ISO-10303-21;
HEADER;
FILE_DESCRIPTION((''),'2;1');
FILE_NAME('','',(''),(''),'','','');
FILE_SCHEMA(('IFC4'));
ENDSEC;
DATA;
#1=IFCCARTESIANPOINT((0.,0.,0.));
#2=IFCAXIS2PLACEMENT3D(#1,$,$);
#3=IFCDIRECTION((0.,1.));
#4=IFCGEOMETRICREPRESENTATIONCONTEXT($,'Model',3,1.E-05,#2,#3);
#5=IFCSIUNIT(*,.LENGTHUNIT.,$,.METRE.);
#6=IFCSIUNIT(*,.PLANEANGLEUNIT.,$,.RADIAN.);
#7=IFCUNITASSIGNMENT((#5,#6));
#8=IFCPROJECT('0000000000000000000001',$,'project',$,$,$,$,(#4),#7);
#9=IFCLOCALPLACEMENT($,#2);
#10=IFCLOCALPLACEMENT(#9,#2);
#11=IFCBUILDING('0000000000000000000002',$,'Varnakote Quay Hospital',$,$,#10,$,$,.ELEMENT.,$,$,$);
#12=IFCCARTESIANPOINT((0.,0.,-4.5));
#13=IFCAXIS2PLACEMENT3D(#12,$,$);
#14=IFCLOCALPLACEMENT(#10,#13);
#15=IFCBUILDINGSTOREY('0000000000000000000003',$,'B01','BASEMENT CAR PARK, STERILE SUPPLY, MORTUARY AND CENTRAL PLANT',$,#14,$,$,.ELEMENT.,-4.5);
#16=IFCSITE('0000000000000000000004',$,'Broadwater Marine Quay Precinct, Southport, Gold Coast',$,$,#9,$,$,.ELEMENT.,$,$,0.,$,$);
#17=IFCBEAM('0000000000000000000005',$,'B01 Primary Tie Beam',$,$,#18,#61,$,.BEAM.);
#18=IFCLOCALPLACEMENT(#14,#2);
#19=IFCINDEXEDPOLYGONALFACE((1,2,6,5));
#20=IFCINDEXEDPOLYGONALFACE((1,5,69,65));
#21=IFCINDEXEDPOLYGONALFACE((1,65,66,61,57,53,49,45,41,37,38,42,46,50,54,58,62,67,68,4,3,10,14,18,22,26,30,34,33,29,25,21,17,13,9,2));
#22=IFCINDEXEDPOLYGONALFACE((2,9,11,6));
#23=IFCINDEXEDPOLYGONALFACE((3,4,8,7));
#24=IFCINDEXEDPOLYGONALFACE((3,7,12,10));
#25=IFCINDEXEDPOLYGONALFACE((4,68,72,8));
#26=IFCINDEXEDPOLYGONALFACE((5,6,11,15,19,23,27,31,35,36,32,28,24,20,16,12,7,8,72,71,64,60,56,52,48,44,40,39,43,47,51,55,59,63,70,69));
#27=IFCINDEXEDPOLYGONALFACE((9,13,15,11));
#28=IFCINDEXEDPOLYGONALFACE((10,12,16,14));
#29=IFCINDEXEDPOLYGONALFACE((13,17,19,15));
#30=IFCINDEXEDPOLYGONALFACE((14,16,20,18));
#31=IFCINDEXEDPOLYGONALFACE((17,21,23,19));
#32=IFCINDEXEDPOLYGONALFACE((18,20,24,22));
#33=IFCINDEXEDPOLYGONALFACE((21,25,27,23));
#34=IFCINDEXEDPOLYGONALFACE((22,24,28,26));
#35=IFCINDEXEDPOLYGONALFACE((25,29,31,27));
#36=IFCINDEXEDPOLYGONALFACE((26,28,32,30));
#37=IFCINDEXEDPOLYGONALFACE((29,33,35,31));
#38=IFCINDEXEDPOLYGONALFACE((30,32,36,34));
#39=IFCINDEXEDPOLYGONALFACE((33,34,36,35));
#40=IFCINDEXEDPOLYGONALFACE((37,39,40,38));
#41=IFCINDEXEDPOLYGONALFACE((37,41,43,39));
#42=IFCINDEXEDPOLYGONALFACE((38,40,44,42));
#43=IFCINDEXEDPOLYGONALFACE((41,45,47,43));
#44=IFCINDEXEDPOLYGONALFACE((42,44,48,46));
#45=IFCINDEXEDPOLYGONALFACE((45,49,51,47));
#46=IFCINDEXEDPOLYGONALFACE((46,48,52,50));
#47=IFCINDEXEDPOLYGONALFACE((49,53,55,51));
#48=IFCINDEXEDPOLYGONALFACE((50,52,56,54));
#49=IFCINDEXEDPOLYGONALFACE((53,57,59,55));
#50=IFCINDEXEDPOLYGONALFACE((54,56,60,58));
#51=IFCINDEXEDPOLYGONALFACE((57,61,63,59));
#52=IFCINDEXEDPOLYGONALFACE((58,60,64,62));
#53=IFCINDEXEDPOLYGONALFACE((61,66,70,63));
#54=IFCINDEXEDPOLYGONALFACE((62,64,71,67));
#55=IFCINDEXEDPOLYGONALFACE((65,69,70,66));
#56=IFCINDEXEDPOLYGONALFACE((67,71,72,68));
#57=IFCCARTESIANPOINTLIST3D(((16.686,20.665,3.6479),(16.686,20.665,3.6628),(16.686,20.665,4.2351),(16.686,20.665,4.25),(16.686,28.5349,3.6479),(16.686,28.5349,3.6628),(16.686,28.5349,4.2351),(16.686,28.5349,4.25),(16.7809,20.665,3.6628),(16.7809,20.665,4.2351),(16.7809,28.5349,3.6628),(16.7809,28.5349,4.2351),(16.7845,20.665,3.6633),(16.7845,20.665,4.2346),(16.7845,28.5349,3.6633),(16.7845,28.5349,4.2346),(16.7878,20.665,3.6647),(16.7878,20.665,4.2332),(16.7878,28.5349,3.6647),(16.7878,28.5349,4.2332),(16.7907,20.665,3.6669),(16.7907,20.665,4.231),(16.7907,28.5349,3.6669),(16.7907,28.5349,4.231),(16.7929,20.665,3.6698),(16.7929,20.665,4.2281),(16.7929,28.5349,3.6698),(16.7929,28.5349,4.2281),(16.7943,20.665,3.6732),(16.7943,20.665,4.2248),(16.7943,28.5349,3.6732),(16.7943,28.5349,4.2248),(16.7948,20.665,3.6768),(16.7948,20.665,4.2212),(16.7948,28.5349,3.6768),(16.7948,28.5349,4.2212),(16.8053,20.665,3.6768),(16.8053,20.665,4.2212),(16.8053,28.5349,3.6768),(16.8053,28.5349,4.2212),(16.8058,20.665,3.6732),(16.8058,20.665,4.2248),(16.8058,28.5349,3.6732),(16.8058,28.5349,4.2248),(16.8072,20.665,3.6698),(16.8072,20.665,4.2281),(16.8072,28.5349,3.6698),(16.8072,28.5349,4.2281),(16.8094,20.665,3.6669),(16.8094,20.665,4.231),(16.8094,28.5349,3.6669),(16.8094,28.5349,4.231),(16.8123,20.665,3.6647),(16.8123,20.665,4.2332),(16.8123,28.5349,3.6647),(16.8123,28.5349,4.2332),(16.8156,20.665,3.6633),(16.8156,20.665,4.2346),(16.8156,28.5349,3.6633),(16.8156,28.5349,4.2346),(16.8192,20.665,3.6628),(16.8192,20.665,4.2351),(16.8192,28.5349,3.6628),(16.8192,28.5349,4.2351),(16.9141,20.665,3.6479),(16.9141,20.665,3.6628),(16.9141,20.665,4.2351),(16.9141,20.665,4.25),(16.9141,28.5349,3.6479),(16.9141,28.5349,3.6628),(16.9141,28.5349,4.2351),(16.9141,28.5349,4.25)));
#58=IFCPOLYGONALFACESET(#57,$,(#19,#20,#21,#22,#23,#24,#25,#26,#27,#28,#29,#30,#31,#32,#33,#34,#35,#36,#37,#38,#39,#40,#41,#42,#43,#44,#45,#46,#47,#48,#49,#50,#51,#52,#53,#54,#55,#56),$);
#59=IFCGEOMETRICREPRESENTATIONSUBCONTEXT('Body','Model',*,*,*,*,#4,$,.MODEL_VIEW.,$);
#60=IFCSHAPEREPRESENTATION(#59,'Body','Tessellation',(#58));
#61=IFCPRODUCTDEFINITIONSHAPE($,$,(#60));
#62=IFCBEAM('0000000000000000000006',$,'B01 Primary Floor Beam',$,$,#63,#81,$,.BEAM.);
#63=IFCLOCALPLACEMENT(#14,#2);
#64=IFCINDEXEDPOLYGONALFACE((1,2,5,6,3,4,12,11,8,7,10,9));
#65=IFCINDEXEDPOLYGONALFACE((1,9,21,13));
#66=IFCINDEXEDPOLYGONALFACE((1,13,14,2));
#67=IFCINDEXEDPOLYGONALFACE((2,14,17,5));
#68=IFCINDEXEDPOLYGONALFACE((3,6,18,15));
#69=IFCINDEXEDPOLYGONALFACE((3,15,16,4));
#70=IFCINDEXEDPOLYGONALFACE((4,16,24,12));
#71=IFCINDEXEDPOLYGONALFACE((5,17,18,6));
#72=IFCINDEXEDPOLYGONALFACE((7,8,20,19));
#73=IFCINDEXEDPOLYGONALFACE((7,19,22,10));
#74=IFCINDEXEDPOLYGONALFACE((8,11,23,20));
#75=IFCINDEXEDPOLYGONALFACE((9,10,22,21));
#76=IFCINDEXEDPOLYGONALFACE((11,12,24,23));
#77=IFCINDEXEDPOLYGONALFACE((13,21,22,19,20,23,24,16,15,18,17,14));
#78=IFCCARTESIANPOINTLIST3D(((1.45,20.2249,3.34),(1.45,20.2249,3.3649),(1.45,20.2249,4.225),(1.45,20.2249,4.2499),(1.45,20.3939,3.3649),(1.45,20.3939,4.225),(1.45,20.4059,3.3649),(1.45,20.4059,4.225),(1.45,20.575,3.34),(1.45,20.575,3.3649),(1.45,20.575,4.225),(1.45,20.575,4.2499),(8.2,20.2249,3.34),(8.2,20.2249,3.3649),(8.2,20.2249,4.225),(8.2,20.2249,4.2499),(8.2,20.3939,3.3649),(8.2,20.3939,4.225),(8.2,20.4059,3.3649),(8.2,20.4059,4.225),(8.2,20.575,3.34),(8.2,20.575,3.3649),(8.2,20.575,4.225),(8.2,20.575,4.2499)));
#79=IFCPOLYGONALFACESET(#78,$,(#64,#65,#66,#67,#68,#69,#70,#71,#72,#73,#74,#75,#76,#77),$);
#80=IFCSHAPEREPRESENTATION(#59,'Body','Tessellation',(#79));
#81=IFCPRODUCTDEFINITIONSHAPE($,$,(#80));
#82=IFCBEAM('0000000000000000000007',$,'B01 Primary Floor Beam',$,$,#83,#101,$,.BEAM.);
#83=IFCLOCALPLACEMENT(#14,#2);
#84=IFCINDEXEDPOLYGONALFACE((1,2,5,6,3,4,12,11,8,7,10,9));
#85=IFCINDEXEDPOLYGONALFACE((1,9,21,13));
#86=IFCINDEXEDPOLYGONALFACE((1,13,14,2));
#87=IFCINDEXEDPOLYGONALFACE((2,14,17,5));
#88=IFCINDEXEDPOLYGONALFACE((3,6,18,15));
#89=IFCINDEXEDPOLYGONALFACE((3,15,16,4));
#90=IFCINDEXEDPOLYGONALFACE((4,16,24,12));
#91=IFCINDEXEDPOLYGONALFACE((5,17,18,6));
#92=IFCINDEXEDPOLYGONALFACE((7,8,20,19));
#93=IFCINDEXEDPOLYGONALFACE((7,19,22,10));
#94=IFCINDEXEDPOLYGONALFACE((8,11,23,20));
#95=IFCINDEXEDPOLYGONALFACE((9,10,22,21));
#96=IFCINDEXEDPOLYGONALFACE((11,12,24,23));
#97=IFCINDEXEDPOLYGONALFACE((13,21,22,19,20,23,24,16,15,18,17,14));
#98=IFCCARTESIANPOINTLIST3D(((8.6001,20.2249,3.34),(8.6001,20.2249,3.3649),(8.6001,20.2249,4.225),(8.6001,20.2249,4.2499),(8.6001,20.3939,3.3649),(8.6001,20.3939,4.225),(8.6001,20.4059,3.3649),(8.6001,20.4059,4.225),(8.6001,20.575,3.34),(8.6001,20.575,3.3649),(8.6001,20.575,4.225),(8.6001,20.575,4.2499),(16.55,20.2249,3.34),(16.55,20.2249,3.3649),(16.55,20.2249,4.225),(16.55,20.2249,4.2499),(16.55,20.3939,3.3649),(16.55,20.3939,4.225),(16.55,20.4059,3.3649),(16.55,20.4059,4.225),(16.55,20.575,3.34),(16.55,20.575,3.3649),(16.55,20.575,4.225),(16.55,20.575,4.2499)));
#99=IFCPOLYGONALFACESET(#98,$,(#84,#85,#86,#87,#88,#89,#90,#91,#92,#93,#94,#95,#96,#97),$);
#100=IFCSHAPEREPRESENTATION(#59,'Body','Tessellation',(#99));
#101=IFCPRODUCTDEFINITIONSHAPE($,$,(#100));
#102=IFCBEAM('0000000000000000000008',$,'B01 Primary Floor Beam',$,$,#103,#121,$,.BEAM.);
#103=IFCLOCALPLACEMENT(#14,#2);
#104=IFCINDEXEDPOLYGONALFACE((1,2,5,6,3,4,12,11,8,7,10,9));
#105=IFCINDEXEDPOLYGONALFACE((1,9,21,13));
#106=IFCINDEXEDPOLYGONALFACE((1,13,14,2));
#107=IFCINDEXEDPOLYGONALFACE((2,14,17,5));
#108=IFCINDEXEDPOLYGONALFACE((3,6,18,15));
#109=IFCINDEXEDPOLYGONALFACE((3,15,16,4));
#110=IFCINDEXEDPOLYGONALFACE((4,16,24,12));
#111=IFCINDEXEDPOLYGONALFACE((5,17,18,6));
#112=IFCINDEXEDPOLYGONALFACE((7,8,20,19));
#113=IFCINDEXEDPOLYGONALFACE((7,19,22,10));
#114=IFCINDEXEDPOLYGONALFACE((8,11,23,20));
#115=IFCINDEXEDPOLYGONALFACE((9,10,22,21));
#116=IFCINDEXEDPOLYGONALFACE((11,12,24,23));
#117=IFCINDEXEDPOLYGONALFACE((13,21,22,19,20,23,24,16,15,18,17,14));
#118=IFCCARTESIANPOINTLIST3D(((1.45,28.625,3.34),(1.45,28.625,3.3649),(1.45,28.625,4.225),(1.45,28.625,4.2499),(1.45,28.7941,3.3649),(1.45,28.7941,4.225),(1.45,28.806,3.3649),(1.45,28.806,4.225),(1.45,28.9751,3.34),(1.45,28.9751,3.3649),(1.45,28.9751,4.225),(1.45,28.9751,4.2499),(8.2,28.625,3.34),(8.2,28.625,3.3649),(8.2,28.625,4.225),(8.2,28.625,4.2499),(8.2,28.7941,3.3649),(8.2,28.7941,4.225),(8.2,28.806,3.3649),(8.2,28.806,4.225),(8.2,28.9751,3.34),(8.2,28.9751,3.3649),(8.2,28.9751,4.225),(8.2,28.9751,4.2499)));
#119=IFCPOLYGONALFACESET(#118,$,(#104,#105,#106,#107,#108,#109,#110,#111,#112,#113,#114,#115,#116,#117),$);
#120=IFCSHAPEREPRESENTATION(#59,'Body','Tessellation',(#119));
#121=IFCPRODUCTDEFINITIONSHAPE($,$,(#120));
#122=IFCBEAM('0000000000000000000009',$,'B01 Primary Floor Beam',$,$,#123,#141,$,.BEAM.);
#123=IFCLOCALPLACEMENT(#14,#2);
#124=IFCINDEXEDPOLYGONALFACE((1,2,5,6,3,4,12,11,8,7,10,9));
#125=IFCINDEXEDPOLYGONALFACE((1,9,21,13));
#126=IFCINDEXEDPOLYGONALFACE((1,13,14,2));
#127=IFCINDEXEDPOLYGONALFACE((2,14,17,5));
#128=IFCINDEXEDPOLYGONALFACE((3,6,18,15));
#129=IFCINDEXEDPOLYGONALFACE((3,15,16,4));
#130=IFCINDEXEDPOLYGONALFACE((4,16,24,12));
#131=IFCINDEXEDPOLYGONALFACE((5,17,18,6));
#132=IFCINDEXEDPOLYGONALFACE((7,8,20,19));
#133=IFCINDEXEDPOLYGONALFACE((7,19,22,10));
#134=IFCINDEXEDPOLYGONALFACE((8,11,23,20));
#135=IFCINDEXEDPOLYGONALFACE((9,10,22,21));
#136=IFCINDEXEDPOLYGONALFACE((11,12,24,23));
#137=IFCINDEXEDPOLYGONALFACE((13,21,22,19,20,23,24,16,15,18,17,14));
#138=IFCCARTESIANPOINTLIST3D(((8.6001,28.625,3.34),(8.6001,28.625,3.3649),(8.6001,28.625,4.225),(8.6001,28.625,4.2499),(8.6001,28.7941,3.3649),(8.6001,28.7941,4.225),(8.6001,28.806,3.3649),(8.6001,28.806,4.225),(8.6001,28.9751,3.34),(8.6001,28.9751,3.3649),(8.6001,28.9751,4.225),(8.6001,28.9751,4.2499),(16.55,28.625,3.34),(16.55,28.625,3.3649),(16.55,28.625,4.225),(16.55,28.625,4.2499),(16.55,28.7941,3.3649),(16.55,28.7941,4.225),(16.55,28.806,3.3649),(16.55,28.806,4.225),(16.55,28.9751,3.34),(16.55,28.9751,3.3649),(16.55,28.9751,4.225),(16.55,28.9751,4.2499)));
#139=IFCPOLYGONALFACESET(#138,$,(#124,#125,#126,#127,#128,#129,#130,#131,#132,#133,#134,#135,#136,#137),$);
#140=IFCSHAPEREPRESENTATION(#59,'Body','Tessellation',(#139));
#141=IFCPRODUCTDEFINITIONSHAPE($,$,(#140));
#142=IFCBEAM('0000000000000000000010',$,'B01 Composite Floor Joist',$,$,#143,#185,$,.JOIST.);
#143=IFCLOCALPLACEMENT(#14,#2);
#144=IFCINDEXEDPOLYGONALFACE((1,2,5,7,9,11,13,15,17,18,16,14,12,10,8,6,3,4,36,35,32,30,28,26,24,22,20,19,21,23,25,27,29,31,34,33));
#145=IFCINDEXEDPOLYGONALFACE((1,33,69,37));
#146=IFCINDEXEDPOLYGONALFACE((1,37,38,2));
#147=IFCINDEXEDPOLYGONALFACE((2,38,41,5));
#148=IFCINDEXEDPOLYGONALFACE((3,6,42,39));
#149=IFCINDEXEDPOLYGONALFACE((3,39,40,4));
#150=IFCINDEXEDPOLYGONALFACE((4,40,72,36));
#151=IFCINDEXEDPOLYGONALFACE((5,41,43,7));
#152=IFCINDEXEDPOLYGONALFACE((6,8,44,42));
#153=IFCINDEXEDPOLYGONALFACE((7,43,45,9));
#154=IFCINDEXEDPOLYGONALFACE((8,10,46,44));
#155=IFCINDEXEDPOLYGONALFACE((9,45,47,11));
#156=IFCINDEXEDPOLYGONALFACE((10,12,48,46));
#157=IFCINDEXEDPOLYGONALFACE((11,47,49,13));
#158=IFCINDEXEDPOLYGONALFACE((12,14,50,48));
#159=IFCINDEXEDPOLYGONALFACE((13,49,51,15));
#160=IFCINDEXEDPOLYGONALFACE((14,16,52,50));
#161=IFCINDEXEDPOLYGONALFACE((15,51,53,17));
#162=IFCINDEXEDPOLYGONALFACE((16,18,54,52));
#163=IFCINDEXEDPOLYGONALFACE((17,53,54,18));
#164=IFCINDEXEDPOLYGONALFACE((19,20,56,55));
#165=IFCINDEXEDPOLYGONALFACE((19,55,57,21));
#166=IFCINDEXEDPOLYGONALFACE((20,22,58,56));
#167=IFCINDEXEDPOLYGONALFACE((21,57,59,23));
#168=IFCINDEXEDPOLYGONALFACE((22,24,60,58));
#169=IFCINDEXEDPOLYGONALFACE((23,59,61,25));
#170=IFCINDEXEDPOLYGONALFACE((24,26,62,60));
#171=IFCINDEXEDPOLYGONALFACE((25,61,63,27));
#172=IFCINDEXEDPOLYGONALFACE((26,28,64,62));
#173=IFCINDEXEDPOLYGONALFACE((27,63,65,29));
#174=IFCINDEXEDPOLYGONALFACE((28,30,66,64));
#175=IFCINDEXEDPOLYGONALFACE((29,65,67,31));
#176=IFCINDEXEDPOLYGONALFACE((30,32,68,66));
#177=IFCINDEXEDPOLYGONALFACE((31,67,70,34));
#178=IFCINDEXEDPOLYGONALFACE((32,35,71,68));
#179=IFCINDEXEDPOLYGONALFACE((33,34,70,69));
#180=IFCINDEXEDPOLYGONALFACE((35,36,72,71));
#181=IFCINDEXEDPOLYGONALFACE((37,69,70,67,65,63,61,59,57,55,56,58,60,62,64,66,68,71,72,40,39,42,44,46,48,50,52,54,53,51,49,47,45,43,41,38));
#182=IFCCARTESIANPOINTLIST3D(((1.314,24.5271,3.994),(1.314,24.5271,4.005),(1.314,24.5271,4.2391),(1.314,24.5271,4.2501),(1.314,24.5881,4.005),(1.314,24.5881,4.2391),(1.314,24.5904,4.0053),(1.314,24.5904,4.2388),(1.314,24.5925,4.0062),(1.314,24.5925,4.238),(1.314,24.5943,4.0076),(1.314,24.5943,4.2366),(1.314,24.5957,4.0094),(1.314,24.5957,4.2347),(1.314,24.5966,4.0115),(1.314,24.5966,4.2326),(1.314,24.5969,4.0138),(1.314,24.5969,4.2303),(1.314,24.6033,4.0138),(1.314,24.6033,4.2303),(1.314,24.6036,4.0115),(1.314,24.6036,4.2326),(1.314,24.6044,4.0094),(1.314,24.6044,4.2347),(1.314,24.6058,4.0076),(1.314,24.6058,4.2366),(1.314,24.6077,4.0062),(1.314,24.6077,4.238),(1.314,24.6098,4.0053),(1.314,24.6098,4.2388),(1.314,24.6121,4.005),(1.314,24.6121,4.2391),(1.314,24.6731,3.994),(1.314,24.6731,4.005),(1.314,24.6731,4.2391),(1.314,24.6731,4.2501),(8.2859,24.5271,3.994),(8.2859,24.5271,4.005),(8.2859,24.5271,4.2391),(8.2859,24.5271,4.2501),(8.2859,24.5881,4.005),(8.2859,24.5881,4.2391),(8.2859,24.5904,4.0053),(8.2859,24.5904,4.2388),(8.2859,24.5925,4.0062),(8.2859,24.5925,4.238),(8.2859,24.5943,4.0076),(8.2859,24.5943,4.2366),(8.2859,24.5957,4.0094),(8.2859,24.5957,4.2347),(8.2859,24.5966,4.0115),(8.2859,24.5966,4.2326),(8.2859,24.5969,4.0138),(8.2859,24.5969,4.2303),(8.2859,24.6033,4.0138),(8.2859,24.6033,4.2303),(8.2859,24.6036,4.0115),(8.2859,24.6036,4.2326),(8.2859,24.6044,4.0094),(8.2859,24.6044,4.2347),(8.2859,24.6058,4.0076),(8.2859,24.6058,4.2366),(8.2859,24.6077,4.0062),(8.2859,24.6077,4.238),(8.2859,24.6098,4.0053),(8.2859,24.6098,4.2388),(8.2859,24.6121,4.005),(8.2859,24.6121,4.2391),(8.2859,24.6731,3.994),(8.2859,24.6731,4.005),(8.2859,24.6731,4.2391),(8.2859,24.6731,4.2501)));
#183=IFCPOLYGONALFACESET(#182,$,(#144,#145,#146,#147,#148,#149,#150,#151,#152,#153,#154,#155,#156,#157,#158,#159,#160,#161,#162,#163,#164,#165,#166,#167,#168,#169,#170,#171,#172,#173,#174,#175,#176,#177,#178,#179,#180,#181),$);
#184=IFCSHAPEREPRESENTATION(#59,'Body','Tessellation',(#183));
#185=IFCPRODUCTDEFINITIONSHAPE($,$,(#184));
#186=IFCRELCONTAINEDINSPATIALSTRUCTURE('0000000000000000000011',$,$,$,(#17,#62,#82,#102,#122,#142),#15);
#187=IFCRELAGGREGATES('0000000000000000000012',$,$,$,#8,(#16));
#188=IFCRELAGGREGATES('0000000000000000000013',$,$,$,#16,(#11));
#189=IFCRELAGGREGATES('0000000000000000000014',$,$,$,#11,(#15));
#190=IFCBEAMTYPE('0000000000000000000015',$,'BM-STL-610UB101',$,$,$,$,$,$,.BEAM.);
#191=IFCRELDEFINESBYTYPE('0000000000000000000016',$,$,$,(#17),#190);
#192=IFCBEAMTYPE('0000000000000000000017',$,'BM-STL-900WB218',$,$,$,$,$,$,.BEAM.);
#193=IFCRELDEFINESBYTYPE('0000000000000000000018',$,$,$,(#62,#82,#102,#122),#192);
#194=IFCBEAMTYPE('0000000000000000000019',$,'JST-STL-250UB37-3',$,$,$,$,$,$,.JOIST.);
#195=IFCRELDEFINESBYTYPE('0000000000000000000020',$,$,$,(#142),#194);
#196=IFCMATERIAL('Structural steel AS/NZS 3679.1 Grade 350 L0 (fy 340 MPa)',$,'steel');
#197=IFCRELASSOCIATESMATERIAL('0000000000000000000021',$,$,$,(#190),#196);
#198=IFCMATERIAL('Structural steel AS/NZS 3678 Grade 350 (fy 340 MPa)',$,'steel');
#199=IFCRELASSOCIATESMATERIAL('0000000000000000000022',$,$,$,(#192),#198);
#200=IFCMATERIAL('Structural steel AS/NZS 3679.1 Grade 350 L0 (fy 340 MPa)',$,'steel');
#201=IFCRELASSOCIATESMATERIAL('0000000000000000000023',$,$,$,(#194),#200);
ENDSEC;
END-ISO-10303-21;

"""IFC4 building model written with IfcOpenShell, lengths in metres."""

from ifc_helpers import new_model, si_unit, direction, frame, origin, origin_2d, place, context, subcontext, project, spatial, i_section, extrude, material, material_profile, profile_set, type_object, element, save


model = new_model("IFC4")

# Units and contexts
model_context = context("Model", 3, precision=1e-05, world=origin(), true_north=direction((0.0, 1.0)))
body_context = subcontext(model_context, "Body", "Model", "MODEL_VIEW")
ifc_project = project(units=[si_unit("LENGTHUNIT", "METRE"), si_unit("PLANEANGLEUNIT", "RADIAN")], contexts=[model_context])

# Site, building, storey
site_placement = place(None, origin())
site = spatial("IfcSite", under=ifc_project, at=site_placement, Name="Broadwater Marine Quay Precinct, Southport, Gold Coast", CompositionType="ELEMENT", RefElevation=0.0)
building_placement = place(site_placement, origin())
building = spatial("IfcBuilding", under=site, at=building_placement, Name="Varnakote Quay Hospital", CompositionType="ELEMENT")
storey_placement = place(building_placement, frame((0.0, 0.0, -4.5)))
storey = spatial("IfcBuildingStorey", under=building, at=storey_placement, Name="B01", Description="BASEMENT CAR PARK, STERILE SUPPLY, MORTUARY AND CENTRAL PLANT", CompositionType="ELEMENT", Elevation=-4.5)

# Beams
ifc_material_1 = material(Name="Structural steel AS/NZS 3679.1 Grade 350 L0 (fy 340 MPa)", Category="steel")
ifc_material_profile_1 = material_profile(ifc_material_1, i_section(OverallWidth=0.228, OverallDepth=0.6021, WebThickness=0.0105, FlangeThickness=0.0149, FilletRadius=0.0139, at=origin_2d()), Name="610UB101")
ifc_profile_set_1 = profile_set([ifc_material_profile_1], Name="Structural steel AS/NZS 3679.1 Grade 350 L0 (fy 340 MPa)")
beam_type_1 = type_object("IfcBeamType", Name="BM-STL-610UB101", PredefinedType="BEAM", material=ifc_profile_set_1)
beam_1_placement = place(storey_placement, frame((16.8, 20.665, 3.949), z_axis=(0.0, 1.0, 0.0), x_axis=(-1.0, 0.0, 0.0)))
element("IfcBeam", 1, at=beam_1_placement, inside=storey, type_object=beam_type_1, Name="B01 Primary Tie Beam", PredefinedType="BEAM", context=body_context, shape_type="SweptSolid", body=[
    extrude(i_section(OverallWidth=0.228, OverallDepth=0.6021, WebThickness=0.0105, FlangeThickness=0.0149, FilletRadius=0.0139, at=origin_2d()), origin(), (0.0, 0.0, 1.0), 7.8699),
])
ifc_material_2 = material(Name="Structural steel AS/NZS 3678 Grade 350 (fy 340 MPa)", Category="steel")
ifc_material_profile_2 = material_profile(ifc_material_2, i_section(OverallWidth=0.3501, OverallDepth=0.9099, WebThickness=0.012, FlangeThickness=0.0249, at=origin_2d()), Name="900WB218")
ifc_profile_set_2 = profile_set([ifc_material_profile_2], Name="Structural steel AS/NZS 3678 Grade 350 (fy 340 MPa)")
beam_type_2 = type_object("IfcBeamType", Name="BM-STL-900WB218", PredefinedType="BEAM", material=ifc_profile_set_2)
beam_2_placement = place(storey_placement, frame((1.45, 20.3999, 3.7949), z_axis=(1.0, 0.0, 0.0), x_axis=(0.0, 1.0, 0.0)))
element("IfcBeam", 2, at=beam_2_placement, inside=storey, type_object=beam_type_2, Name="B01 Primary Floor Beam", PredefinedType="BEAM", context=body_context, shape_type="SweptSolid", body=[
    extrude(i_section(OverallWidth=0.3501, OverallDepth=0.9099, WebThickness=0.012, FlangeThickness=0.0249, at=origin_2d()), origin(), (0.0, 0.0, 1.0), 6.75),
])
beam_3_placement = place(storey_placement, frame((8.6001, 20.3999, 3.7949), z_axis=(1.0, 0.0, 0.0), x_axis=(0.0, 1.0, 0.0)))
element("IfcBeam", 3, at=beam_3_placement, inside=storey, type_object=beam_type_2, Name="B01 Primary Floor Beam", PredefinedType="BEAM", context=body_context, shape_type="SweptSolid", body=[
    extrude(i_section(OverallWidth=0.3501, OverallDepth=0.9099, WebThickness=0.012, FlangeThickness=0.0249, at=origin_2d()), origin(), (0.0, 0.0, 1.0), 7.95),
])
beam_4_placement = place(storey_placement, frame((1.45, 28.8, 3.7949), z_axis=(1.0, 0.0, 0.0), x_axis=(0.0, 1.0, 0.0)))
element("IfcBeam", 4, at=beam_4_placement, inside=storey, type_object=beam_type_2, Name="B01 Primary Floor Beam", PredefinedType="BEAM", context=body_context, shape_type="SweptSolid", body=[
    extrude(i_section(OverallWidth=0.3501, OverallDepth=0.9099, WebThickness=0.012, FlangeThickness=0.0249, at=origin_2d()), origin(), (0.0, 0.0, 1.0), 6.75),
])
beam_5_placement = place(storey_placement, frame((8.6001, 28.8, 3.7949), z_axis=(1.0, 0.0, 0.0), x_axis=(0.0, 1.0, 0.0)))
element("IfcBeam", 5, at=beam_5_placement, inside=storey, type_object=beam_type_2, Name="B01 Primary Floor Beam", PredefinedType="BEAM", context=body_context, shape_type="SweptSolid", body=[
    extrude(i_section(OverallWidth=0.3501, OverallDepth=0.9099, WebThickness=0.012, FlangeThickness=0.0249, at=origin_2d()), origin(), (0.0, 0.0, 1.0), 7.95),
])
ifc_material_3 = material(Name="Structural steel AS/NZS 3679.1 Grade 350 L0 (fy 340 MPa)", Category="steel")
ifc_material_profile_3 = material_profile(ifc_material_3, i_section(OverallWidth=0.146, OverallDepth=0.2561, WebThickness=0.0063, FlangeThickness=0.011, FilletRadius=0.0088, at=origin_2d()), Name="250UB37.3")
ifc_profile_set_3 = profile_set([ifc_material_profile_3], Name="Structural steel AS/NZS 3679.1 Grade 350 L0 (fy 340 MPa)")
beam_type_3 = type_object("IfcBeamType", Name="JST-STL-250UB37-3", PredefinedType="JOIST", material=ifc_profile_set_3)
beam_6_placement = place(storey_placement, frame((1.314, 24.6001, 4.1221), z_axis=(1.0, 0.0, 0.0), x_axis=(0.0, 1.0, 0.0)))
element("IfcBeam", 6, at=beam_6_placement, inside=storey, type_object=beam_type_3, Name="B01 Composite Floor Joist", PredefinedType="JOIST", context=body_context, shape_type="SweptSolid", body=[
    extrude(i_section(OverallWidth=0.146, OverallDepth=0.2561, WebThickness=0.0063, FlangeThickness=0.011, FilletRadius=0.0088, at=origin_2d()), origin(), (0.0, 0.0, 1.0), 6.9719),
])

save(model, "model.ifc")
